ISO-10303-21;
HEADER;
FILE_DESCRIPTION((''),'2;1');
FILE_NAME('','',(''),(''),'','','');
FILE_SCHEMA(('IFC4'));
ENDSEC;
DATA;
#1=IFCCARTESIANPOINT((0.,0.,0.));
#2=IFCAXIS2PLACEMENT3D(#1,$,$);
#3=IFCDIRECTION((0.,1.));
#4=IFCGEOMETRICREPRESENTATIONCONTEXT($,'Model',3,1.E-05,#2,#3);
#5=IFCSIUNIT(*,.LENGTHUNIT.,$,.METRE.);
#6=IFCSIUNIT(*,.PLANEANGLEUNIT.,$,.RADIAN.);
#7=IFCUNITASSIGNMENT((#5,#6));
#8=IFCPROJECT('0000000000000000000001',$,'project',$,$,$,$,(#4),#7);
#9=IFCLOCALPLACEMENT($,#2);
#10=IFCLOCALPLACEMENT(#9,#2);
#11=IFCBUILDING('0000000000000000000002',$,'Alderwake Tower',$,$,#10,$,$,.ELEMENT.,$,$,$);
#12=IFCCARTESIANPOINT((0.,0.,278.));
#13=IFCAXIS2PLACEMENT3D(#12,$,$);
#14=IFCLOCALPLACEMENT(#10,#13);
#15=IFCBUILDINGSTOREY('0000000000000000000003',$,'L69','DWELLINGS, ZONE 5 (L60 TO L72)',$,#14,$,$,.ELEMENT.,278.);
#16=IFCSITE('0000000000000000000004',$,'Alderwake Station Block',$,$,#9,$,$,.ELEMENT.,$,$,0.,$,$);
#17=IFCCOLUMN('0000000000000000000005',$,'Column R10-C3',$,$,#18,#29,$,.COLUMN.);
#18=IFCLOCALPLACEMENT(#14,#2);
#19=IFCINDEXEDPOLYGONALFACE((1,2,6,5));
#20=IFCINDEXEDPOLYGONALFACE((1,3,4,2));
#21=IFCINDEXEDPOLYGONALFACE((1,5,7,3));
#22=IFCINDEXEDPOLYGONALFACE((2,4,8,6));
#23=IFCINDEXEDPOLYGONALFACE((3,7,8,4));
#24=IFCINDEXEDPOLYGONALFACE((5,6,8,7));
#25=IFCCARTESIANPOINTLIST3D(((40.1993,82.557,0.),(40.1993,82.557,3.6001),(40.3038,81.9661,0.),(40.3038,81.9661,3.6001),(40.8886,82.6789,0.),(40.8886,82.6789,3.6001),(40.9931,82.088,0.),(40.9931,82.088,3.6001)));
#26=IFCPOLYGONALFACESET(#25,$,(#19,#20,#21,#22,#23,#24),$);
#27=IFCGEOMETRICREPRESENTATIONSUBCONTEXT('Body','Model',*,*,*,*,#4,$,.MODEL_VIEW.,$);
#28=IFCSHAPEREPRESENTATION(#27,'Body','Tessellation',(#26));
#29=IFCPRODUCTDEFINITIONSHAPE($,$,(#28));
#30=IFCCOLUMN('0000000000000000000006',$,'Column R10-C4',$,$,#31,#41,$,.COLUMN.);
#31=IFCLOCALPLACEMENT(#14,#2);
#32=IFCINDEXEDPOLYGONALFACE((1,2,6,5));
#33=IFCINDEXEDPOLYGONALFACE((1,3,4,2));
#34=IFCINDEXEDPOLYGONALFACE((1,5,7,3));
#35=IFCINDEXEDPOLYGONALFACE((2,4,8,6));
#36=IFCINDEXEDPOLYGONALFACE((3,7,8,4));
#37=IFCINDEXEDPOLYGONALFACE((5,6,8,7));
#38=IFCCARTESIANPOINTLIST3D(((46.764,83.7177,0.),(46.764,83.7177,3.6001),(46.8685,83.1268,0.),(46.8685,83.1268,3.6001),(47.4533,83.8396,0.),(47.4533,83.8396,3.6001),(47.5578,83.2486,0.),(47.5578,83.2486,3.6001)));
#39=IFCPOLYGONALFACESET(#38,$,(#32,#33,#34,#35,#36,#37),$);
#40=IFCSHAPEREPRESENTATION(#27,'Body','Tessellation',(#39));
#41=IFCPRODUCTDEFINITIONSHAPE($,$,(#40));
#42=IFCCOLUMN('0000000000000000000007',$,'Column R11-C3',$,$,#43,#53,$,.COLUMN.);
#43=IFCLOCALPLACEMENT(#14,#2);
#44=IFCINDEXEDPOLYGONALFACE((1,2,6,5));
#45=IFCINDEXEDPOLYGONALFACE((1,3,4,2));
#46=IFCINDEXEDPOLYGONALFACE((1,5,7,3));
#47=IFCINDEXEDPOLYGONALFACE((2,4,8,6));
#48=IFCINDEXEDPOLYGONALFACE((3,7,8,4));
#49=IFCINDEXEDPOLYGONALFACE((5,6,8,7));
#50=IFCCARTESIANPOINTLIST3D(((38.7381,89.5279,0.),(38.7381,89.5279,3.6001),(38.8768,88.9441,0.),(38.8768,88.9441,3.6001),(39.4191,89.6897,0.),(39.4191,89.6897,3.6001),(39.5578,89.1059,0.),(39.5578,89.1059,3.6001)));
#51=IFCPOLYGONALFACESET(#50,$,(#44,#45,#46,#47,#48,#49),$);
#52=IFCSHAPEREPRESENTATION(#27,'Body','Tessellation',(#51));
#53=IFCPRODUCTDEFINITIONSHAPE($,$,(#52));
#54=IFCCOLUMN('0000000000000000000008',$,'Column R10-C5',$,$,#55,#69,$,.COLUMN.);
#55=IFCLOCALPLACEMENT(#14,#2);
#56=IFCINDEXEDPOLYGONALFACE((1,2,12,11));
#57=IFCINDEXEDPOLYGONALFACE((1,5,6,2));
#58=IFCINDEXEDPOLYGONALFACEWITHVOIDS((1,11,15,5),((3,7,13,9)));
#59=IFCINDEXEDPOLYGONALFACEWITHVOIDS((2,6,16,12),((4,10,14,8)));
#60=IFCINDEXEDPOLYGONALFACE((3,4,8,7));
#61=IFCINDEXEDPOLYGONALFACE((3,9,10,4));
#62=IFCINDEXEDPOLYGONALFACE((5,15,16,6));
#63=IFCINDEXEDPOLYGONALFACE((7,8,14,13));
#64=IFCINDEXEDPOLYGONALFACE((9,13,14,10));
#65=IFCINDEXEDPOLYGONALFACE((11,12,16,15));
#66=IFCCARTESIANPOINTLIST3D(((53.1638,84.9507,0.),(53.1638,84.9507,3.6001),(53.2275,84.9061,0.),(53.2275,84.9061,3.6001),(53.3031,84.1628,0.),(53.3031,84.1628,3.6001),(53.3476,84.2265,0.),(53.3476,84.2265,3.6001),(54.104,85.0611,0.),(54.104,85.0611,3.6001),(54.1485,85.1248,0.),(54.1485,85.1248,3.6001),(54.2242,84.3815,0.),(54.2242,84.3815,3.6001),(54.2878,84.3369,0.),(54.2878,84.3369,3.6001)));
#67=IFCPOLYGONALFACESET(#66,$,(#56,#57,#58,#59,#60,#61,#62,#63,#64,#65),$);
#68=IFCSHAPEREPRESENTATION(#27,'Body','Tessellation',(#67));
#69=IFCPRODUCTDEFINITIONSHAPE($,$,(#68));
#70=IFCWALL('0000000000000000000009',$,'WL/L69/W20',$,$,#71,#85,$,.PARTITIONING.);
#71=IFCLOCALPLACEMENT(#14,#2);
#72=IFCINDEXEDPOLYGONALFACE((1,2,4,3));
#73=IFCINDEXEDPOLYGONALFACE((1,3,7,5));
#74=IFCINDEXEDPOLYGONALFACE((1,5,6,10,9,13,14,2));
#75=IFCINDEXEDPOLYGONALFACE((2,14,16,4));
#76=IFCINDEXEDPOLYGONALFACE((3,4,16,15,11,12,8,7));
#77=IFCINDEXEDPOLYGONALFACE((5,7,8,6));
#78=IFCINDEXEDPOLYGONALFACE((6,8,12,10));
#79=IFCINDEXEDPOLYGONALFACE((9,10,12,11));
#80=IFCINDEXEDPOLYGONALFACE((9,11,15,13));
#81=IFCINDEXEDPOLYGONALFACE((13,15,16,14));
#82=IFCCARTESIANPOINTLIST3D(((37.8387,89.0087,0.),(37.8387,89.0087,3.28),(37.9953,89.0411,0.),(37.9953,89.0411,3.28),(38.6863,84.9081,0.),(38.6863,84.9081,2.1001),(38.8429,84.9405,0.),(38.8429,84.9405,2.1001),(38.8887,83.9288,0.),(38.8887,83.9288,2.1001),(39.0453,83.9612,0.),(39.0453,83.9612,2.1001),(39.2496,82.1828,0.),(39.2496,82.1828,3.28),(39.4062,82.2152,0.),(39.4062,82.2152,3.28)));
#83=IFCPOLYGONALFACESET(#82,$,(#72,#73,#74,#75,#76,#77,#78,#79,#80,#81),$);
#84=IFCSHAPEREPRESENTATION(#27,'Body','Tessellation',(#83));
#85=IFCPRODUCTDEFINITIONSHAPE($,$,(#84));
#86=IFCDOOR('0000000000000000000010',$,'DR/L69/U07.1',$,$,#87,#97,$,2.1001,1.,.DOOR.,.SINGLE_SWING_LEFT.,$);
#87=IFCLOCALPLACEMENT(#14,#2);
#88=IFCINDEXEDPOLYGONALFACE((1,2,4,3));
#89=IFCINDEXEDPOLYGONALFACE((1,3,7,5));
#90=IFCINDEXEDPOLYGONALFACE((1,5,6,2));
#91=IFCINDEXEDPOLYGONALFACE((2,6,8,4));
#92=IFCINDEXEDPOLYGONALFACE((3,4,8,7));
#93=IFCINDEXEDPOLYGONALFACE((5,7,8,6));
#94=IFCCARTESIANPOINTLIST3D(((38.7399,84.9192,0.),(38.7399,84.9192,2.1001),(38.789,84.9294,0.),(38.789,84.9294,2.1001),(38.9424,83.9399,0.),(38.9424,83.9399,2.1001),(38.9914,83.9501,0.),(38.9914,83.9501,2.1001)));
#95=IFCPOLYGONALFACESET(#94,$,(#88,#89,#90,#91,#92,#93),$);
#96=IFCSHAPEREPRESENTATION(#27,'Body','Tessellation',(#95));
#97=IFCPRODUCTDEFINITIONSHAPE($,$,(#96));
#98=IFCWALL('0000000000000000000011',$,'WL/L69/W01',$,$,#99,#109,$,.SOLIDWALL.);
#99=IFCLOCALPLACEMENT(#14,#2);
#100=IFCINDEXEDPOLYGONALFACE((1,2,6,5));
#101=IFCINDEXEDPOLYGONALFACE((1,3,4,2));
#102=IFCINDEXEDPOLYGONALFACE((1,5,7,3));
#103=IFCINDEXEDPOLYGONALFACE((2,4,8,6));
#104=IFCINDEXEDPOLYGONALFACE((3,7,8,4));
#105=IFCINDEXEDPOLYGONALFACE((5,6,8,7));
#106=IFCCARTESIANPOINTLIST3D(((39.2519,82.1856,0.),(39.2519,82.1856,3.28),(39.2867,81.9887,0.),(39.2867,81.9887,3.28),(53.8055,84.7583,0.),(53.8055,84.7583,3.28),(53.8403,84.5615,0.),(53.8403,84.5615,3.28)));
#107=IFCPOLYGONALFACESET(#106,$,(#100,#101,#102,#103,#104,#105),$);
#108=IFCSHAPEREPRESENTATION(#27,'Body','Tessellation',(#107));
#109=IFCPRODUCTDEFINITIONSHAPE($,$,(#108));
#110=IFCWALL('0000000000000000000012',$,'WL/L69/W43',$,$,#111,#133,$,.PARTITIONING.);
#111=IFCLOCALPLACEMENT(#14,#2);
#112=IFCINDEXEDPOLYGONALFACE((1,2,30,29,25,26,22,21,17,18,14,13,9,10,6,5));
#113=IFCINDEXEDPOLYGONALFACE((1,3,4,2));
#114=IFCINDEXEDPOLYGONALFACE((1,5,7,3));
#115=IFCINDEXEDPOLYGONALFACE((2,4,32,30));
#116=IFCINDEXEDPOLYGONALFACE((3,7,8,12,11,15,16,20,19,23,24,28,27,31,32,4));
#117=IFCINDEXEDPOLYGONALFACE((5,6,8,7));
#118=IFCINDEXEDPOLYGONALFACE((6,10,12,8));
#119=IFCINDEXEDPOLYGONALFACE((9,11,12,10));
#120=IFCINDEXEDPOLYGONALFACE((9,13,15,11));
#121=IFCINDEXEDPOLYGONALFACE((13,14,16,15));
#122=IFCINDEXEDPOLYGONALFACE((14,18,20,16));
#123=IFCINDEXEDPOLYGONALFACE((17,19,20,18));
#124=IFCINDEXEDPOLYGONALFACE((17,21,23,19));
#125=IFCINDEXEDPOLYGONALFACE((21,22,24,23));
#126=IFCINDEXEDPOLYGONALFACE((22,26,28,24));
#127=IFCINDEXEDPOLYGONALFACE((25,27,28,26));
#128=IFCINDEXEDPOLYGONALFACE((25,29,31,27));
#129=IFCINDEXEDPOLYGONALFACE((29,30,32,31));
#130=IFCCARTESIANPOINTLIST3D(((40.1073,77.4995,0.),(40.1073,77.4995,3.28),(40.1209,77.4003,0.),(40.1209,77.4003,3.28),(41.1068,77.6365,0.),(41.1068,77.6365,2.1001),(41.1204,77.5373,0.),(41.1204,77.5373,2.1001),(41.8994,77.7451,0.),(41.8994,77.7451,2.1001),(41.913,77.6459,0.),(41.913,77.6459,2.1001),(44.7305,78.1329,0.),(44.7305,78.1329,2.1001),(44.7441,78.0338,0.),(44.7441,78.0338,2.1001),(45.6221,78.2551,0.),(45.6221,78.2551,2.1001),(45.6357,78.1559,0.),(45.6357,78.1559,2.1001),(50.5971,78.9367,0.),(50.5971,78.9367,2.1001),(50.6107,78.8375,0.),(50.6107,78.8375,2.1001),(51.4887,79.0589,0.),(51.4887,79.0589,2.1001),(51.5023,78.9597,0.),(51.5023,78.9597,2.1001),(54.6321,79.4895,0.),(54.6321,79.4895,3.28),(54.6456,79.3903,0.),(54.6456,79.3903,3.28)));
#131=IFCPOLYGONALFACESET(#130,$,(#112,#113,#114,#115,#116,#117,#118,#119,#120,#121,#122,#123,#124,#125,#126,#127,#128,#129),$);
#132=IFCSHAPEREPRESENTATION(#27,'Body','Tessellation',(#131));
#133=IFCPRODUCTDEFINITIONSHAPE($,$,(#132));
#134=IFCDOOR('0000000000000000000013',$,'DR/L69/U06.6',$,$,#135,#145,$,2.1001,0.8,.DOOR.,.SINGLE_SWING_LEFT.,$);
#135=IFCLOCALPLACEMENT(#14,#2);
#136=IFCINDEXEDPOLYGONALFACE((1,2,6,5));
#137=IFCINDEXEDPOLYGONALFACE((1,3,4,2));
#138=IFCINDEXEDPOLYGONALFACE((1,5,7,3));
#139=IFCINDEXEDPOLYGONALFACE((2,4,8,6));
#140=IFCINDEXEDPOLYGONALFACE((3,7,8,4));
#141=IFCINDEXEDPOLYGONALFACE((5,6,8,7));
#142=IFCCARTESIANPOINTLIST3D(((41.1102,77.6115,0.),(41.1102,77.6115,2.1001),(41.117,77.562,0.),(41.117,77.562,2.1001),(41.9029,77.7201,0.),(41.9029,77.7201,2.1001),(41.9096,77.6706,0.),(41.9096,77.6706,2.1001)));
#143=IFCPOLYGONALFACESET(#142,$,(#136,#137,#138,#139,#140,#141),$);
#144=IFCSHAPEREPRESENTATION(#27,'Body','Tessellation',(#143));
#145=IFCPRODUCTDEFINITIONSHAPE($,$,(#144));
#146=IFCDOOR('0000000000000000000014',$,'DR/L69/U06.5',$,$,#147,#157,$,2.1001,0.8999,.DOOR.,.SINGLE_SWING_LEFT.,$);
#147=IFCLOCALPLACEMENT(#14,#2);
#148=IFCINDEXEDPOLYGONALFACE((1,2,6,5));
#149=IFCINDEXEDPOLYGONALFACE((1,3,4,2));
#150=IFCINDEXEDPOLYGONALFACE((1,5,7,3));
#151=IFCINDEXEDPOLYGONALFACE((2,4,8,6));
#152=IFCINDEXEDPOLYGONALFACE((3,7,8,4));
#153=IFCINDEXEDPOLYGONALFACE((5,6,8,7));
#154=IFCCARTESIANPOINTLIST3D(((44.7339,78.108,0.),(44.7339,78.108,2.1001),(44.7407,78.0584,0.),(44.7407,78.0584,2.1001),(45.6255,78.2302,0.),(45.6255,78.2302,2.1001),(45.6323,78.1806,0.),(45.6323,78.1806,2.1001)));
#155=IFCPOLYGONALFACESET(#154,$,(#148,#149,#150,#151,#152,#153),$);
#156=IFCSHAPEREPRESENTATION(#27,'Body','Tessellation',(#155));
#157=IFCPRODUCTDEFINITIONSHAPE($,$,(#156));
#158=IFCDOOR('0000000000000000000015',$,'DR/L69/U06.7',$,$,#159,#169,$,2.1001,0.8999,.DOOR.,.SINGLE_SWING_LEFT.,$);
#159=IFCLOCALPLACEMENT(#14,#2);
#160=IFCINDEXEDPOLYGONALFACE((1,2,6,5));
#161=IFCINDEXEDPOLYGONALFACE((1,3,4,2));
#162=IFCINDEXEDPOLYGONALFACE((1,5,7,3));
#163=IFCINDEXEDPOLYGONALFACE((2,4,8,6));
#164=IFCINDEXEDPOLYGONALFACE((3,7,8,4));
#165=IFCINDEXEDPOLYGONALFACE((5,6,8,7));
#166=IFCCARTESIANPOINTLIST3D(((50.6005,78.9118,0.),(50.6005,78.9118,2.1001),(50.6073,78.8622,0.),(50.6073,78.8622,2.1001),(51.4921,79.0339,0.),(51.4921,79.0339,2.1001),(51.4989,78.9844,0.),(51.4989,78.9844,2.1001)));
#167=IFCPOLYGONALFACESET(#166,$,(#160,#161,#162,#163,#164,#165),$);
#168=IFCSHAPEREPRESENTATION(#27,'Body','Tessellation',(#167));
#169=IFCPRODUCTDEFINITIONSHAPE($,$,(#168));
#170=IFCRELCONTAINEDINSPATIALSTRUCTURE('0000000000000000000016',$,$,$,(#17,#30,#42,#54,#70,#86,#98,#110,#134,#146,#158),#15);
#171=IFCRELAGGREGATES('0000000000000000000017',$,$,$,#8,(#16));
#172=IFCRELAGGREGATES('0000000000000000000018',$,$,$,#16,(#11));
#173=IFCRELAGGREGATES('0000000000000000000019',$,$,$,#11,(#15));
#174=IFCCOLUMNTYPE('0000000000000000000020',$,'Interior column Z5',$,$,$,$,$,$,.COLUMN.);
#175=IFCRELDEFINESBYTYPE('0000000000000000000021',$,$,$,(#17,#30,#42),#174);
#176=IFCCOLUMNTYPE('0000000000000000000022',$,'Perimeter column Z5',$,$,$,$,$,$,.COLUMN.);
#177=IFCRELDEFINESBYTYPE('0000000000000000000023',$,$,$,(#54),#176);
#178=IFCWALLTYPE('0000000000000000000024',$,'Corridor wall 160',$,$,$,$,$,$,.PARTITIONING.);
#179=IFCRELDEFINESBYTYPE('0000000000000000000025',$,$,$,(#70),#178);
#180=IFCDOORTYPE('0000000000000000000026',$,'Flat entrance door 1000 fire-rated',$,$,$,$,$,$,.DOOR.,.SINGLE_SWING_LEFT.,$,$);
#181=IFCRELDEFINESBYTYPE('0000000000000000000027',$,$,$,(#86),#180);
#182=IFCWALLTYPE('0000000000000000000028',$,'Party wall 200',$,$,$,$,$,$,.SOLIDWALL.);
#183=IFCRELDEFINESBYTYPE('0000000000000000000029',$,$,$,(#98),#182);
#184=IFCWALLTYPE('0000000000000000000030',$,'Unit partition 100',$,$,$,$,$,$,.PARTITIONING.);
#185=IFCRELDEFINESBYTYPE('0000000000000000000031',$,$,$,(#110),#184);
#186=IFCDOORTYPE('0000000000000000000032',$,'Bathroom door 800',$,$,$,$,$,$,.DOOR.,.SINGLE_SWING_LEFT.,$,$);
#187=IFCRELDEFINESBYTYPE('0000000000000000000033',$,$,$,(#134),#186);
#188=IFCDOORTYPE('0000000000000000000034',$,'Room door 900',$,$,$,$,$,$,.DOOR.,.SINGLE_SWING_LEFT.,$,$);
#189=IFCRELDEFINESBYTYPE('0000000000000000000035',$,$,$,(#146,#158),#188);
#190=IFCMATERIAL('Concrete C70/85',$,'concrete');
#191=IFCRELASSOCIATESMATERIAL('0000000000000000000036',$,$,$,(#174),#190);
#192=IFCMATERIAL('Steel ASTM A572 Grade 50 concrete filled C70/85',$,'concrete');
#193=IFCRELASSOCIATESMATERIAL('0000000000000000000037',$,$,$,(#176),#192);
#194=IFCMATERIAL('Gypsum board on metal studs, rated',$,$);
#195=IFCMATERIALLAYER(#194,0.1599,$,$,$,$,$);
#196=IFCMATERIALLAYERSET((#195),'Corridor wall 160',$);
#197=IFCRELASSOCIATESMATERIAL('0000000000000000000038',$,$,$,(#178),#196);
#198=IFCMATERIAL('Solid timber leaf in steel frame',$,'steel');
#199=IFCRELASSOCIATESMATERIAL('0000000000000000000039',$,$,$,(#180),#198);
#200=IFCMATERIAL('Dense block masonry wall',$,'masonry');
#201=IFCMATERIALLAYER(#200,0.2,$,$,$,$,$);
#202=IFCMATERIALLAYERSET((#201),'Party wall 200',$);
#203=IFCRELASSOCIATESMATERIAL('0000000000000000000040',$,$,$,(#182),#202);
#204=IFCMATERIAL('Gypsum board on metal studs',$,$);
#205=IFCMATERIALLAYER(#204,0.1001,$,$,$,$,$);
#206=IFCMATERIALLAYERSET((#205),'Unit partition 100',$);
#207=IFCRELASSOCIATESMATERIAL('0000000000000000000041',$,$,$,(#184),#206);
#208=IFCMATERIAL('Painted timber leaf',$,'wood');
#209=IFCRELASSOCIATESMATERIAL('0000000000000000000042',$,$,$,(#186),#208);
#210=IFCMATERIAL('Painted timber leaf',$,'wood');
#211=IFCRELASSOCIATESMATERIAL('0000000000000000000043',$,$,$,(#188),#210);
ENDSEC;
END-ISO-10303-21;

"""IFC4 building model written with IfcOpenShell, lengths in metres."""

from ifc_helpers import new_model, si_unit, direction, frame, frame_2d, origin, origin_2d, place, context, subcontext, project, spatial, rectangle, hollow_rectangle, extrude, material, layer, layer_set, material_profile, profile_set, type_object, element, fill, save


model = new_model("IFC4")

# Units and contexts
model_context = context("Model", 3, precision=1e-05, world=origin(), true_north=direction((0.0, 1.0)))
body_context = subcontext(model_context, "Body", "Model", "MODEL_VIEW")
ifc_project = project(units=[si_unit("LENGTHUNIT", "METRE"), si_unit("PLANEANGLEUNIT", "RADIAN")], contexts=[model_context])

# Site, building, storey
site_placement = place(None, origin())
site = spatial("IfcSite", under=ifc_project, at=site_placement, Name="Alderwake Station Block", CompositionType="ELEMENT", RefElevation=0.0)
building_placement = place(site_placement, origin())
building = spatial("IfcBuilding", under=site, at=building_placement, Name="Alderwake Tower", CompositionType="ELEMENT")
storey_placement = place(building_placement, frame((0.0, 0.0, 278.0)))
storey = spatial("IfcBuildingStorey", under=building, at=storey_placement, Name="L69", Description="DWELLINGS, ZONE 5 (L60 TO L72)", CompositionType="ELEMENT", Elevation=278.0)

# Columns
ifc_material_1 = material(Name="Concrete C70/85", Category="concrete")
ifc_material_profile_1 = material_profile(ifc_material_1, rectangle(XDim=0.6001, YDim=0.7, at=origin_2d()), Name="RC 700X600")
ifc_profile_set_1 = profile_set([ifc_material_profile_1], Name="Concrete C70/85")
column_type_1 = type_object("IfcColumnType", Name="Interior column Z5", PredefinedType="COLUMN", material=ifc_profile_set_1)
for number, where, z_axis, x_axis, name in (
    (1, (40.5962, 82.3225, 0.0), (0.0, 0.0, 1.0), (-0.174107, 0.984727, 0.0), "Column R10-C3"),
    (2, (47.1609, 83.4832, 0.0), (0.0, 0.0, 1.0), (-0.174109, 0.984726, 0.0), "Column R10-C4"),
    (3, (39.1479, 89.3169, 0.0), (0.0, 0.0, 1.0), (-0.231222, 0.972901, 0.0), "Column R11-C3"),
):
    element("IfcColumn", number, at=place(storey_placement, frame(where, z_axis=z_axis, x_axis=x_axis)), inside=storey, type_object=column_type_1, Name=name, PredefinedType="COLUMN", context=body_context, shape_type="SweptSolid", body=[
        extrude(rectangle(XDim=0.6001, YDim=0.7, at=origin_2d()), origin(), (0.0, 0.0, 1.0), 3.6001),
    ])
ifc_material_2 = material(Name="Steel ASTM A572 Grade 50 concrete filled C70/85", Category="concrete")
ifc_material_profile_2 = material_profile(ifc_material_2, hollow_rectangle(XDim=0.8, YDim=1.0, WallThickness=0.0549, at=origin_2d()), Name="BOX 1000X800X55")
ifc_profile_set_2 = profile_set([ifc_material_profile_2], Name="Steel ASTM A572 Grade 50 concrete filled C70/85")
column_type_2 = type_object("IfcColumnType", Name="Perimeter column Z5", PredefinedType="COLUMN", material=ifc_profile_set_2)
column_placement = place(storey_placement, frame((53.7258, 84.6438, 0.0), z_axis=(0.0, 0.0, 1.0), x_axis=(-0.174109, 0.984726, 0.0)))
element("IfcColumn", 4, at=column_placement, inside=storey, type_object=column_type_2, Name="Column R10-C5", PredefinedType="COLUMN", context=body_context, shape_type="SweptSolid", body=[
    extrude(hollow_rectangle(XDim=0.8, YDim=1.0, WallThickness=0.0549, at=origin_2d()), origin(), (0.0, 0.0, 1.0), 3.6001),
])

# Wall, opening, door
ifc_material_3 = material(Name="Gypsum board on metal studs, rated")
ifc_layer_1 = layer(ifc_material_3, 0.1599)
ifc_layer_set_1 = layer_set([ifc_layer_1], Name="Corridor wall 160")
wall_type_1 = type_object("IfcWallType", Name="Corridor wall 160", PredefinedType="PARTITIONING", material=ifc_layer_set_1)
wall_1_placement = place(storey_placement, frame((37.917, 89.0249, 0.0), z_axis=(0.0, 0.0, 1.0), x_axis=(0.202417, -0.979299, 0.0)))
wall_1 = element("IfcWall", 5, at=wall_1_placement, inside=storey, type_object=wall_type_1, Name="WL/L69/W20", PredefinedType="PARTITIONING", context=body_context, shape_type="SweptSolid", body=[
    extrude(rectangle(XDim=6.9702, YDim=0.1599, at=frame_2d((3.4851, 0.0))), origin(), (0.0, 0.0, 1.0), 3.28),
])
opening_1_placement = place(wall_1_placement, frame((4.1873, 0.0, 0.0)))
opening_1 = element("IfcOpeningElement", 6, at=opening_1_placement, cuts=wall_1, PredefinedType="OPENING", context=body_context, shape_type="SweptSolid", body=[
    extrude(rectangle(XDim=1.0, YDim=2.1001, at=frame_2d((0.5, 1.05))), frame((0.0, 0.0898, 0.0), z_axis=(0.0, -1.0, 0.0), x_axis=(1.0, 0.0, 0.0)), (0.0, 0.0, 1.0), 0.1799),
])
ifc_material_4 = material(Name="Solid timber leaf in steel frame", Category="steel")
door_type_1 = type_object("IfcDoorType", Name="Flat entrance door 1000 fire-rated", OperationType="SINGLE_SWING_LEFT", PredefinedType="DOOR", material=ifc_material_4)
door_1_placement = place(opening_1_placement, origin())
door_1 = element("IfcDoor", 7, at=door_1_placement, inside=storey, type_object=door_type_1, Name="DR/L69/U07.1", OperationType="SINGLE_SWING_LEFT", OverallHeight=2.1001, OverallWidth=1.0, PredefinedType="DOOR", context=body_context, shape_type="SweptSolid", body=[
    extrude(rectangle(XDim=1.0, YDim=2.1001, at=frame_2d((0.5, 1.05))), frame((0.0, 0.0249, 0.0), z_axis=(0.0, -1.0, 0.0), x_axis=(1.0, 0.0, 0.0)), (0.0, 0.0, 1.0), 0.05),
])
fill(opening_1, door_1)

# Wall
ifc_material_5 = material(Name="Dense block masonry wall", Category="masonry")
ifc_layer_2 = layer(ifc_material_5, 0.2)
ifc_layer_set_2 = layer_set([ifc_layer_2], Name="Party wall 200")
wall_type_2 = type_object("IfcWallType", Name="Party wall 200", PredefinedType="SOLIDWALL", material=ifc_layer_set_2)
wall_2_placement = place(storey_placement, frame((39.2693, 82.0872, 0.0), z_axis=(0.0, 0.0, 1.0), x_axis=(0.984732, 0.174077, 0.0)))
element("IfcWall", 8, at=wall_2_placement, inside=storey, type_object=wall_type_2, Name="WL/L69/W01", PredefinedType="SOLIDWALL", context=body_context, shape_type="SweptSolid", body=[
    extrude(rectangle(XDim=14.7793, YDim=0.2, at=frame_2d((7.3896, 0.0))), origin(), (0.0, 0.0, 1.0), 3.28),
])

# Wall, openings, doors
ifc_material_6 = material(Name="Gypsum board on metal studs")
ifc_layer_3 = layer(ifc_material_6, 0.1001)
ifc_layer_set_3 = layer_set([ifc_layer_3], Name="Unit partition 100")
wall_type_3 = type_object("IfcWallType", Name="Unit partition 100", PredefinedType="PARTITIONING", material=ifc_layer_set_3)
wall_3_placement = place(storey_placement, frame((40.1143, 77.45, 0.0), z_axis=(0.0, 0.0, 1.0), x_axis=(0.990745, 0.13574, 0.0)))
wall_3 = element("IfcWall", 9, at=wall_3_placement, inside=storey, type_object=wall_type_3, Name="WL/L69/W43", PredefinedType="PARTITIONING", context=body_context, shape_type="SweptSolid", body=[
    extrude(rectangle(XDim=14.6604, YDim=0.1001, at=frame_2d((7.3301, 0.0))), origin(), (0.0, 0.0, 1.0), 3.28),
])
opening_2_placement = place(wall_3_placement, frame((4.6663, 0.0, 0.0)))
opening_2 = element("IfcOpeningElement", 10, at=opening_2_placement, cuts=wall_3, PredefinedType="OPENING", context=body_context, shape_type="SweptSolid", body=[
    extrude(rectangle(XDim=0.8999, YDim=2.1001, at=frame_2d((0.45, 1.05))), frame((0.0, 0.0601, 0.0), z_axis=(0.0, -1.0, 0.0), x_axis=(1.0, 0.0, 0.0)), (0.0, 0.0, 1.0), 0.1201),
])
opening_3_placement = place(wall_3_placement, frame((1.0088, 0.0, 0.0)))
opening_3 = element("IfcOpeningElement", 11, at=opening_3_placement, cuts=wall_3, PredefinedType="OPENING", context=body_context, shape_type="SweptSolid", body=[
    extrude(rectangle(XDim=0.8, YDim=2.1001, at=frame_2d((0.3999, 1.05))), frame((0.0, 0.0601, 0.0), z_axis=(0.0, -1.0, 0.0), x_axis=(1.0, 0.0, 0.0)), (0.0, 0.0, 1.0), 0.1201),
])
opening_4_placement = place(wall_3_placement, frame((10.5876, 0.0, 0.0)))
opening_4 = element("IfcOpeningElement", 12, at=opening_4_placement, cuts=wall_3, PredefinedType="OPENING", context=body_context, shape_type="SweptSolid", body=[
    extrude(rectangle(XDim=0.8999, YDim=2.1001, at=frame_2d((0.45, 1.05))), frame((0.0, 0.0601, 0.0), z_axis=(0.0, -1.0, 0.0), x_axis=(1.0, 0.0, 0.0)), (0.0, 0.0, 1.0), 0.1201),
])
ifc_material_7 = material(Name="Painted timber leaf", Category="wood")
door_type_2 = type_object("IfcDoorType", Name="Bathroom door 800", OperationType="SINGLE_SWING_LEFT", PredefinedType="DOOR", material=ifc_material_7)
door_2_placement = place(opening_3_placement, origin())
door_2 = element("IfcDoor", 13, at=door_2_placement, inside=storey, type_object=door_type_2, Name="DR/L69/U06.6", OperationType="SINGLE_SWING_LEFT", OverallHeight=2.1001, OverallWidth=0.8, PredefinedType="DOOR", context=body_context, shape_type="SweptSolid", body=[
    extrude(rectangle(XDim=0.8, YDim=2.1001, at=frame_2d((0.3999, 1.05))), frame((0.0, 0.0249, 0.0), z_axis=(0.0, -1.0, 0.0), x_axis=(1.0, 0.0, 0.0)), (0.0, 0.0, 1.0), 0.05),
])
fill(opening_3, door_2)
ifc_material_8 = material(Name="Painted timber leaf", Category="wood")
door_type_3 = type_object("IfcDoorType", Name="Room door 900", OperationType="SINGLE_SWING_LEFT", PredefinedType="DOOR", material=ifc_material_8)
door_3_placement = place(opening_2_placement, origin())
door_3 = element("IfcDoor", 14, at=door_3_placement, inside=storey, type_object=door_type_3, Name="DR/L69/U06.5", OperationType="SINGLE_SWING_LEFT", OverallHeight=2.1001, OverallWidth=0.8999, PredefinedType="DOOR", context=body_context, shape_type="SweptSolid", body=[
    extrude(rectangle(XDim=0.8999, YDim=2.1001, at=frame_2d((0.45, 1.05))), frame((0.0, 0.0249, 0.0), z_axis=(0.0, -1.0, 0.0), x_axis=(1.0, 0.0, 0.0)), (0.0, 0.0, 1.0), 0.05),
])
fill(opening_2, door_3)
door_4_placement = place(opening_4_placement, origin())
door_4 = element("IfcDoor", 15, at=door_4_placement, inside=storey, type_object=door_type_3, Name="DR/L69/U06.7", OperationType="SINGLE_SWING_LEFT", OverallHeight=2.1001, OverallWidth=0.8999, PredefinedType="DOOR", context=body_context, shape_type="SweptSolid", body=[
    extrude(rectangle(XDim=0.8999, YDim=2.1001, at=frame_2d((0.45, 1.05))), frame((0.0, 0.0249, 0.0), z_axis=(0.0, -1.0, 0.0), x_axis=(1.0, 0.0, 0.0)), (0.0, 0.0, 1.0), 0.05),
])
fill(opening_4, door_4)

save(model, "model.ifc")
